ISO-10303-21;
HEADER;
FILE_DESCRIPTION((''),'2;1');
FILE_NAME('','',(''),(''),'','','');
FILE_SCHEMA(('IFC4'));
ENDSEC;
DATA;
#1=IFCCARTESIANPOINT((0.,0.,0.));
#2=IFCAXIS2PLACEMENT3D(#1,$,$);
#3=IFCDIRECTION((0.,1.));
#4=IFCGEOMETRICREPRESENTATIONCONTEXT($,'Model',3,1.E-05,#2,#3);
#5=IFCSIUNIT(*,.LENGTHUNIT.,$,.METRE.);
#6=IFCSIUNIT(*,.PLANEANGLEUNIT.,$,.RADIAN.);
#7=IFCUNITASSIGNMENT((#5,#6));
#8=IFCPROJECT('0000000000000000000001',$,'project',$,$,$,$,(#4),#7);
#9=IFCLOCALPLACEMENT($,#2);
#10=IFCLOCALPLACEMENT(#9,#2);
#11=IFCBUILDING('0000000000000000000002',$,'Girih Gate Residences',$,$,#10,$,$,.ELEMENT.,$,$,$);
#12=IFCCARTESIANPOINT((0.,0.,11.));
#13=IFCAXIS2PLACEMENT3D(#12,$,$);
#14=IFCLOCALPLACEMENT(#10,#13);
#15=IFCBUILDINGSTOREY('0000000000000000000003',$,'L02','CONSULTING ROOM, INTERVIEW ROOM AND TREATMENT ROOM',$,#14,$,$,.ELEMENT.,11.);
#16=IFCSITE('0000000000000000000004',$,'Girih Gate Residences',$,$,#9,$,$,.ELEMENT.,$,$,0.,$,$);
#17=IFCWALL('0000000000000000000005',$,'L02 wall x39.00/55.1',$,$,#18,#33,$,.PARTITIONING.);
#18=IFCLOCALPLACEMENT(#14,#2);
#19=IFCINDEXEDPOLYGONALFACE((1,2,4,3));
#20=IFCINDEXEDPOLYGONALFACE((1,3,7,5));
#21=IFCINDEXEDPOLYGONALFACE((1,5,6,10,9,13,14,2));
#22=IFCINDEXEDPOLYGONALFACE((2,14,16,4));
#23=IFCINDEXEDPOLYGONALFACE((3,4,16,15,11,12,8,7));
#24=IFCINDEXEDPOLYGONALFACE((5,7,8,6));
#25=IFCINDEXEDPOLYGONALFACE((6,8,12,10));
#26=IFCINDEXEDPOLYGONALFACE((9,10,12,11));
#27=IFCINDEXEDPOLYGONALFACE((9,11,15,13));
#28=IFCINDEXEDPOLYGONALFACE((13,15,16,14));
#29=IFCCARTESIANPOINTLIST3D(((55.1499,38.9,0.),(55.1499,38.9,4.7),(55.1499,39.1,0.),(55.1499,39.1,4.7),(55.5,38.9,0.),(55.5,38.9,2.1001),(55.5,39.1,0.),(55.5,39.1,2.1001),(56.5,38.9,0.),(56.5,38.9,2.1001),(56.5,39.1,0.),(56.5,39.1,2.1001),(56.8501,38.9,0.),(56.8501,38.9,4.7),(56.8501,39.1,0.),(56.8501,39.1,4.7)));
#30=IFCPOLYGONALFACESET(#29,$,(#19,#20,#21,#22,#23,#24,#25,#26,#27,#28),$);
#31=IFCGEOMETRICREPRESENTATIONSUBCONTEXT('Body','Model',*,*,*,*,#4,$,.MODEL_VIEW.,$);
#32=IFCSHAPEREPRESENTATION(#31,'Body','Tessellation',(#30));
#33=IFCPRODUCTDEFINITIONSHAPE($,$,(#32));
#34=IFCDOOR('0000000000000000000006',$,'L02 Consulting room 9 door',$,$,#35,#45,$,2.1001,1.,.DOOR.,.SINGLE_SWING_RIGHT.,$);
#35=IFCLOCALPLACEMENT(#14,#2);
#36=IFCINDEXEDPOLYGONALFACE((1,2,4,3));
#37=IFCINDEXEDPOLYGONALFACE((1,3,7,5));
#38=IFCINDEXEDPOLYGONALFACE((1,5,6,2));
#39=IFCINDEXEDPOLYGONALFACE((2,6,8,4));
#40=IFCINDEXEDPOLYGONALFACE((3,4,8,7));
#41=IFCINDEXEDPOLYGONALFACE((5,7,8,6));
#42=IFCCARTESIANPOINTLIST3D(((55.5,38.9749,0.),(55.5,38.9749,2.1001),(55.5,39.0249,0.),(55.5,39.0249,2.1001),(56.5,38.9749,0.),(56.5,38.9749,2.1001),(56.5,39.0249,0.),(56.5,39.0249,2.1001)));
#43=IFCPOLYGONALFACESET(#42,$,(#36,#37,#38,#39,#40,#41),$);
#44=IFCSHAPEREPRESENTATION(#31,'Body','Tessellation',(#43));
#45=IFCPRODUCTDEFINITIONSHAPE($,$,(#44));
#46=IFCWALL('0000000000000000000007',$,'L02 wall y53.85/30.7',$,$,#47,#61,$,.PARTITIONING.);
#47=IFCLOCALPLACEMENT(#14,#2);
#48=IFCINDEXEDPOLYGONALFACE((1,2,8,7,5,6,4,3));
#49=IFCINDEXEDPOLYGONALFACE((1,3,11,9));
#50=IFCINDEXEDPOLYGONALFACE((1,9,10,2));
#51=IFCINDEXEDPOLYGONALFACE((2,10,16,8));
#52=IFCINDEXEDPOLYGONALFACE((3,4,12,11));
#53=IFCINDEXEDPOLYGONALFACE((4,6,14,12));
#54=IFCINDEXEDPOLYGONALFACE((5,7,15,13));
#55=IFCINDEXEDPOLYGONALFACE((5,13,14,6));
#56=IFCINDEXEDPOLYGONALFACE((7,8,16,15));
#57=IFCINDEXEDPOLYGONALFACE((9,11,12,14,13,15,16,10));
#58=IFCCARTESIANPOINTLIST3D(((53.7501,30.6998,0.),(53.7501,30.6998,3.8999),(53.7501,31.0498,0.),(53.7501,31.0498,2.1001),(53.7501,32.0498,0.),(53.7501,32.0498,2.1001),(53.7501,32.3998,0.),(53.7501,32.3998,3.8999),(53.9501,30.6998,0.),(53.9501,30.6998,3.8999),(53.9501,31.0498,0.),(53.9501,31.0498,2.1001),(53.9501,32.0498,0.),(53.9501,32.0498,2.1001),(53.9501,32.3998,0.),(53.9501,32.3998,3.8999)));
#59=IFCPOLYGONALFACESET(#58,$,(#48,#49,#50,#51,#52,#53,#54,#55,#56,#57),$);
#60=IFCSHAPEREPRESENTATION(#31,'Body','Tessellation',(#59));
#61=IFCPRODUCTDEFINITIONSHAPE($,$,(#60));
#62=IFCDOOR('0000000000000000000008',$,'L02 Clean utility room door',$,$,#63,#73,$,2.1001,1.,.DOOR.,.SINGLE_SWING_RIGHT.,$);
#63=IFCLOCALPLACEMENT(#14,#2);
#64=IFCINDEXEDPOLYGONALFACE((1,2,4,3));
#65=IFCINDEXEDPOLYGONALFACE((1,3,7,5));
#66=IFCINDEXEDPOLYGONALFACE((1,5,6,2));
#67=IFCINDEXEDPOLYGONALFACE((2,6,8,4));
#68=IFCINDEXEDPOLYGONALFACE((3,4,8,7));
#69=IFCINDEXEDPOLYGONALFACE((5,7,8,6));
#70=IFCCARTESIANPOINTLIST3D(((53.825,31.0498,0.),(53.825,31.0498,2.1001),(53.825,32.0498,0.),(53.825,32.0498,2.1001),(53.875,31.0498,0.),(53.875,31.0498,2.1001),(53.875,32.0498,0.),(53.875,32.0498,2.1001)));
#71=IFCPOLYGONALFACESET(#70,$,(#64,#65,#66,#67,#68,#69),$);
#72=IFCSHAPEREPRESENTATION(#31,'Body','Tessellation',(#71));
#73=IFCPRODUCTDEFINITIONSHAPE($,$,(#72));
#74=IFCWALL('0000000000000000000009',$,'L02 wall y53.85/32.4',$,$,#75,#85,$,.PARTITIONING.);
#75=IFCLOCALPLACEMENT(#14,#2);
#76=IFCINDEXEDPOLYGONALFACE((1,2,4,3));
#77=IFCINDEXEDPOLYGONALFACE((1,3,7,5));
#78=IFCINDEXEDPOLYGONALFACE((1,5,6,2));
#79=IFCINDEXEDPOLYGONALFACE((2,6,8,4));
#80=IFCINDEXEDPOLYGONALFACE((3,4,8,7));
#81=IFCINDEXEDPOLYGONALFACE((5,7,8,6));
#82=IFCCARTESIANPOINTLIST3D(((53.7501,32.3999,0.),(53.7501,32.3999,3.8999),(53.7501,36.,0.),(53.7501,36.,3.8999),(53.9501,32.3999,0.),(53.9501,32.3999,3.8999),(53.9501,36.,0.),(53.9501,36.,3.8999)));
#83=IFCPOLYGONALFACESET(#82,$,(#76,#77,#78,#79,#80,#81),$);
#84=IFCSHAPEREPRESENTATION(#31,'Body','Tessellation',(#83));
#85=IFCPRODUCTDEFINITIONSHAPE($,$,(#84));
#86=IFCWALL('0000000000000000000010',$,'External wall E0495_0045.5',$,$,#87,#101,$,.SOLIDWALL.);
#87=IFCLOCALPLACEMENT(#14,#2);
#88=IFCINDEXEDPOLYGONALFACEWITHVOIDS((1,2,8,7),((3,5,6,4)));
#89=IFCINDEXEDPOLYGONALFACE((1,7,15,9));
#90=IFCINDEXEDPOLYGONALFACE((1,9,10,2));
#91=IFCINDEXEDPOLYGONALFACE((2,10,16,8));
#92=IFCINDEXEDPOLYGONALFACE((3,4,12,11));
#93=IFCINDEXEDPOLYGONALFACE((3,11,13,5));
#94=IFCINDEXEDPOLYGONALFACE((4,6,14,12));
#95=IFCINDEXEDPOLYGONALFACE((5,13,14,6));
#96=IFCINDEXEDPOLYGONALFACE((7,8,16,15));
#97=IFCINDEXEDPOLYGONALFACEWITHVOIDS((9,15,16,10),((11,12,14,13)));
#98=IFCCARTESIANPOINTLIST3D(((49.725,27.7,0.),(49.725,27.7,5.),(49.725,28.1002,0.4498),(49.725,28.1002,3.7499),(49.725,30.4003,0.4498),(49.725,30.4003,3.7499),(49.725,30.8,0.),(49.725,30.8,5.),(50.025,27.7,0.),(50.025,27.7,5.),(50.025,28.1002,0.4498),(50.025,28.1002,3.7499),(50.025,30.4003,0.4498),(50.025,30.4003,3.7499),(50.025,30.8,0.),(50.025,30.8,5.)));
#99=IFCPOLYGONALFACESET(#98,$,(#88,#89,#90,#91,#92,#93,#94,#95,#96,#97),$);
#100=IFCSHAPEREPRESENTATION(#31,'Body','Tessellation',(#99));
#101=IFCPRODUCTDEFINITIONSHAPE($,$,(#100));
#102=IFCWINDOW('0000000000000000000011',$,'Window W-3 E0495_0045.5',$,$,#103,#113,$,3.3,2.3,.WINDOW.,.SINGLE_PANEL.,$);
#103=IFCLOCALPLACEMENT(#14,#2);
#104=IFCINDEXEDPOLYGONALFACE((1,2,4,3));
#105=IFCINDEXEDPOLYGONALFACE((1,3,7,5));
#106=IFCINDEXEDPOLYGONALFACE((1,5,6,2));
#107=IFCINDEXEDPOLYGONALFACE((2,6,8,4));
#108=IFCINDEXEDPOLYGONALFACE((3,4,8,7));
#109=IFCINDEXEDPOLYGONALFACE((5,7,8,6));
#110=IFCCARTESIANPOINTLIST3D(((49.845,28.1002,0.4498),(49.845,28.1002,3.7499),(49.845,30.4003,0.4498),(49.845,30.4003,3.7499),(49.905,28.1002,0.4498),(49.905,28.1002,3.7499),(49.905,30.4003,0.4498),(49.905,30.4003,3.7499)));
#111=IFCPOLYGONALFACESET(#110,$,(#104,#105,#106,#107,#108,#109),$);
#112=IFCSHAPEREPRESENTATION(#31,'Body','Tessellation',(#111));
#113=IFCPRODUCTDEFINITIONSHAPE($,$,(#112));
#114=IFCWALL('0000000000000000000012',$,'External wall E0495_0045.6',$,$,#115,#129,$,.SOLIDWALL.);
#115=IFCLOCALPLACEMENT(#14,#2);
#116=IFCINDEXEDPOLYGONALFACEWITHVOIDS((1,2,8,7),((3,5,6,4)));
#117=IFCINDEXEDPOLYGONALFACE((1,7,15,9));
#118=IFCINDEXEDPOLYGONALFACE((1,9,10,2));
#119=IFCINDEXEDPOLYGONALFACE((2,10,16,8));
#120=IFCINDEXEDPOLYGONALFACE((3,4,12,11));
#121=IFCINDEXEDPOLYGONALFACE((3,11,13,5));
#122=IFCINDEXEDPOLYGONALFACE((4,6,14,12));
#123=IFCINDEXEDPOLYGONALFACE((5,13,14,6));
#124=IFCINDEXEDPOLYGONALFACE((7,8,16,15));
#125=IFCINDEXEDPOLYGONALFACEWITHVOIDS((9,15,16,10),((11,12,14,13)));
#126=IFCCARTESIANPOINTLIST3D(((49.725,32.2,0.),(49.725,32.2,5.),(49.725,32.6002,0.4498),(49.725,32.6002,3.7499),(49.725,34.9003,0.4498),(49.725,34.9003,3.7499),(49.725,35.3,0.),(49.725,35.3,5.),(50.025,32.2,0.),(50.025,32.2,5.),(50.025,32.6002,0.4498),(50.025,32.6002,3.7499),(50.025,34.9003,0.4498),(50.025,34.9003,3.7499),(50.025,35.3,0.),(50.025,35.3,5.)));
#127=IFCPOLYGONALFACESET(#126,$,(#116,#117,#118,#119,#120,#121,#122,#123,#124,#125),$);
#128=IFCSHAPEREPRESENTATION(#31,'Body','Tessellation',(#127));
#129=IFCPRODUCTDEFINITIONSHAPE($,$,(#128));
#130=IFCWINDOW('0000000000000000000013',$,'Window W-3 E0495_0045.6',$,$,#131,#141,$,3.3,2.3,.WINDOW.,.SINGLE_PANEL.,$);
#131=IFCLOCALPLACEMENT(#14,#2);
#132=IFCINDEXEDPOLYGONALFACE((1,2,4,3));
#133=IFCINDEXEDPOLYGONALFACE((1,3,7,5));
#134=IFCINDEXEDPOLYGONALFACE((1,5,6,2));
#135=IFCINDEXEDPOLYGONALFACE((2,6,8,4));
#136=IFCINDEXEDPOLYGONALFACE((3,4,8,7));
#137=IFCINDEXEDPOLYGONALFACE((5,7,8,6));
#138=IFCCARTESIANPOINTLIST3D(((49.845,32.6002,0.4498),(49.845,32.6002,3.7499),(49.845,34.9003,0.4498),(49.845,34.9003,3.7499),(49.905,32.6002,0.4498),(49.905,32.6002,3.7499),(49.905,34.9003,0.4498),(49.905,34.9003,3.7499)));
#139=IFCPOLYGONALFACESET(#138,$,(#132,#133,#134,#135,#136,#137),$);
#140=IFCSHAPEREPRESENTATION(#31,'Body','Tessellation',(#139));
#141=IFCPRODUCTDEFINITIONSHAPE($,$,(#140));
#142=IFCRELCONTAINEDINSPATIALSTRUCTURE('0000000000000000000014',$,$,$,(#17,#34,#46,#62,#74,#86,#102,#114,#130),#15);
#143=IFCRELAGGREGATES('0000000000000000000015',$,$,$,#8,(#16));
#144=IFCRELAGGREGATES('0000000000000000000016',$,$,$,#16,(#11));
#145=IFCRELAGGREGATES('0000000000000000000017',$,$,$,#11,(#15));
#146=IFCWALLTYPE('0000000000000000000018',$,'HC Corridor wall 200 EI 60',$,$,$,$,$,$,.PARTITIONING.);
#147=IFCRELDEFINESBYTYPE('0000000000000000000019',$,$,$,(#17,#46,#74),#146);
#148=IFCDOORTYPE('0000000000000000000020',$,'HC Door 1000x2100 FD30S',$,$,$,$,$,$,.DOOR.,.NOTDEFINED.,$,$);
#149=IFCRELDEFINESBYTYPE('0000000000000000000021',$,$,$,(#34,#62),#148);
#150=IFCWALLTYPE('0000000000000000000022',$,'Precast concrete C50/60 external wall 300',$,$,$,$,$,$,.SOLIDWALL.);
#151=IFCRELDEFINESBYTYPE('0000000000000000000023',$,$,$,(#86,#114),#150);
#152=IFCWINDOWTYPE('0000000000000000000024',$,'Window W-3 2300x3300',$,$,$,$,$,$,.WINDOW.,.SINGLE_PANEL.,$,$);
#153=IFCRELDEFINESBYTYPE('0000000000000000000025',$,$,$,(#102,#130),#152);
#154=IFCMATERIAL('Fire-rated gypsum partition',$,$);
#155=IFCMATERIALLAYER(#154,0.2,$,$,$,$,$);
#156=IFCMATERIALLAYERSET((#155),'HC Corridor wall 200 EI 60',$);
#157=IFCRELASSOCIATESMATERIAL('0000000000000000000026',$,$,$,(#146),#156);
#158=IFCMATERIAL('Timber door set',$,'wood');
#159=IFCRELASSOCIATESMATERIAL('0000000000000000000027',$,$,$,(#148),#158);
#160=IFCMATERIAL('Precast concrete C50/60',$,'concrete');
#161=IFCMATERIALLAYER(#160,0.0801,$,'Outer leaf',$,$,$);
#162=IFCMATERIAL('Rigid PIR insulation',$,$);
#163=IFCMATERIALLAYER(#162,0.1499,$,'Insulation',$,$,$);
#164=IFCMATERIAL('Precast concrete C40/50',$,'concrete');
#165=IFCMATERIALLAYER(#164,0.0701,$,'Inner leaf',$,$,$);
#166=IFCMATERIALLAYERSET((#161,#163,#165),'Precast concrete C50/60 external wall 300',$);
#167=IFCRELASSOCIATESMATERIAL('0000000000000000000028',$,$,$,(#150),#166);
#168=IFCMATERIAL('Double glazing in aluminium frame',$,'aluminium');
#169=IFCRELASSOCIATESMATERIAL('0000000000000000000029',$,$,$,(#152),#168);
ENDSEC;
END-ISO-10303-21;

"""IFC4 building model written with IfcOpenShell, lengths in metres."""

from ifc_helpers import new_model, si_unit, direction, frame, frame_2d, origin, place, context, subcontext, project, spatial, rectangle, extrude, material, layer, layer_set, type_object, element, fill, save


model = new_model("IFC4")

# Units and contexts
model_context = context("Model", 3, precision=1e-05, world=origin(), true_north=direction((0.0, 1.0)))
body_context = subcontext(model_context, "Body", "Model", "MODEL_VIEW")
ifc_project = project(units=[si_unit("LENGTHUNIT", "METRE"), si_unit("PLANEANGLEUNIT", "RADIAN")], contexts=[model_context])

# Site, building, storey
site_placement = place(None, origin())
site = spatial("IfcSite", under=ifc_project, at=site_placement, Name="Girih Gate Residences", CompositionType="ELEMENT", RefElevation=0.0)
building_placement = place(site_placement, origin())
building = spatial("IfcBuilding", under=site, at=building_placement, Name="Girih Gate Residences", CompositionType="ELEMENT")
storey_placement = place(building_placement, frame((0.0, 0.0, 11.0)))
storey = spatial("IfcBuildingStorey", under=building, at=storey_placement, Name="L02", Description="CONSULTING ROOM, INTERVIEW ROOM AND TREATMENT ROOM", CompositionType="ELEMENT", Elevation=11.0)

# Shared definitions
ifc_material_1 = material(Name="Fire-rated gypsum partition")
ifc_layer_1 = layer(ifc_material_1, 0.2)
ifc_layer_set_1 = layer_set([ifc_layer_1], Name="HC Corridor wall 200 EI 60")
wall_type_1 = type_object("IfcWallType", Name="HC Corridor wall 200 EI 60", PredefinedType="PARTITIONING", material=ifc_layer_set_1)

# Shared definitions
ifc_material_2 = material(Name="Timber door set", Category="wood")
door_type = type_object("IfcDoorType", Name="HC Door 1000x2100 FD30S", OperationType="NOTDEFINED", PredefinedType="DOOR", material=ifc_material_2)

# Walls, openings, doors
wall_1_placement = place(storey_placement, frame((55.1499, 39.0, 0.0), z_axis=(0.0, 0.0, 1.0), x_axis=(1.0, 0.0, 0.0)))
wall_1 = element("IfcWall", 1, at=wall_1_placement, inside=storey, type_object=wall_type_1, Name="L02 wall x39.00/55.1", PredefinedType="PARTITIONING", context=body_context, shape_type="SweptSolid", body=[
    extrude(rectangle(XDim=1.7002, YDim=0.2, at=frame_2d((0.8501, 0.0))), origin(), (0.0, 0.0, 1.0), 4.7),
])
opening_1_placement = place(wall_1_placement, frame((0.3501, 0.0, 0.0)))
opening_1 = element("IfcOpeningElement", 2, at=opening_1_placement, cuts=wall_1, PredefinedType="OPENING", context=body_context, shape_type="SweptSolid", body=[
    extrude(rectangle(XDim=1.0, YDim=2.1001, at=frame_2d((0.5, 1.05))), frame((0.0, 0.1099, 0.0), z_axis=(0.0, -1.0, 0.0), x_axis=(1.0, 0.0, 0.0)), (0.0, 0.0, 1.0), 0.22),
])
door_1_placement = place(opening_1_placement, origin())
door_1 = element("IfcDoor", 3, at=door_1_placement, inside=storey, type_object=door_type, Name="L02 Consulting room 9 door", OperationType="SINGLE_SWING_RIGHT", OverallHeight=2.1001, OverallWidth=1.0, PredefinedType="DOOR", context=body_context, shape_type="SweptSolid", body=[
    extrude(rectangle(XDim=1.0, YDim=2.1001, at=frame_2d((0.5, 1.05))), frame((0.0, 0.0249, 0.0), z_axis=(0.0, -1.0, 0.0), x_axis=(1.0, 0.0, 0.0)), (0.0, 0.0, 1.0), 0.05),
])
fill(opening_1, door_1)
wall_2_placement = place(storey_placement, frame((53.8501, 32.3999, 0.0), z_axis=(0.0, 0.0, 1.0), x_axis=(0.0, -1.0, 0.0)))
wall_2 = element("IfcWall", 4, at=wall_2_placement, inside=storey, type_object=wall_type_1, Name="L02 wall y53.85/30.7", PredefinedType="PARTITIONING", context=body_context, shape_type="SweptSolid", body=[
    extrude(rectangle(XDim=1.7, YDim=0.2, at=frame_2d((0.8501, 0.0))), origin(), (0.0, 0.0, 1.0), 3.8999),
])
opening_2_placement = place(wall_2_placement, frame((0.3501, 0.0, 0.0)))
opening_2 = element("IfcOpeningElement", 5, at=opening_2_placement, cuts=wall_2, PredefinedType="OPENING", context=body_context, shape_type="SweptSolid", body=[
    extrude(rectangle(XDim=1.0, YDim=2.1001, at=frame_2d((0.5, 1.05))), frame((0.0, 0.1099, 0.0), z_axis=(0.0, -1.0, 0.0), x_axis=(1.0, 0.0, 0.0)), (0.0, 0.0, 1.0), 0.22),
])
door_2_placement = place(opening_2_placement, origin())
door_2 = element("IfcDoor", 6, at=door_2_placement, inside=storey, type_object=door_type, Name="L02 Clean utility room door", OperationType="SINGLE_SWING_RIGHT", OverallHeight=2.1001, OverallWidth=1.0, PredefinedType="DOOR", context=body_context, shape_type="SweptSolid", body=[
    extrude(rectangle(XDim=1.0, YDim=2.1001, at=frame_2d((0.5, 1.05))), frame((0.0, 0.0249, 0.0), z_axis=(0.0, -1.0, 0.0), x_axis=(1.0, 0.0, 0.0)), (0.0, 0.0, 1.0), 0.05),
])
fill(opening_2, door_2)

# Wall
wall_3_placement = place(storey_placement, frame((53.8501, 32.3999, 0.0), z_axis=(0.0, 0.0, 1.0), x_axis=(0.0, 1.0, 0.0)))
element("IfcWall", 7, at=wall_3_placement, inside=storey, type_object=wall_type_1, Name="L02 wall y53.85/32.4", PredefinedType="PARTITIONING", context=body_context, shape_type="SweptSolid", body=[
    extrude(rectangle(XDim=3.6001, YDim=0.2, at=frame_2d((1.8, 0.0))), origin(), (0.0, 0.0, 1.0), 3.8999),
])

# Walls, openings, windows
ifc_material_3 = material(Name="Precast concrete C50/60", Category="concrete")
ifc_layer_2 = layer(ifc_material_3, 0.0801, Name="Outer leaf")
ifc_material_4 = material(Name="Rigid PIR insulation")
ifc_layer_3 = layer(ifc_material_4, 0.1499, Name="Insulation")
ifc_material_5 = material(Name="Precast concrete C40/50", Category="concrete")
ifc_layer_4 = layer(ifc_material_5, 0.0701, Name="Inner leaf")
ifc_layer_set_2 = layer_set([ifc_layer_2, ifc_layer_3, ifc_layer_4], Name="Precast concrete C50/60 external wall 300")
wall_type_2 = type_object("IfcWallType", Name="Precast concrete C50/60 external wall 300", PredefinedType="SOLIDWALL", material=ifc_layer_set_2)
wall_4_placement = place(storey_placement, frame((49.875, 30.8, 0.0), z_axis=(0.0, 0.0, 1.0), x_axis=(0.0, -1.0, 0.0)))
wall_4 = element("IfcWall", 8, at=wall_4_placement, inside=storey, type_object=wall_type_2, Name="External wall E0495_0045.5", PredefinedType="SOLIDWALL", context=body_context, shape_type="SweptSolid", body=[
    extrude(rectangle(XDim=3.1001, YDim=0.3, at=frame_2d((1.55, 0.0))), origin(), (0.0, 0.0, 1.0), 5.0),
])
opening_3_placement = place(wall_4_placement, frame((0.3999, 0.0, 0.45)))
opening_3 = element("IfcOpeningElement", 9, at=opening_3_placement, cuts=wall_4, PredefinedType="OPENING", context=body_context, shape_type="SweptSolid", body=[
    extrude(rectangle(XDim=2.3, YDim=3.3, at=frame_2d((1.1499, 1.6499))), frame((0.0, 0.1599, 0.0), z_axis=(0.0, -1.0, 0.0), x_axis=(1.0, 0.0, 0.0)), (0.0, 0.0, 1.0), 0.3201),
])
ifc_material_6 = material(Name="Double glazing in aluminium frame", Category="aluminium")
window_type = type_object("IfcWindowType", Name="Window W-3 2300x3300", PartitioningType="SINGLE_PANEL", PredefinedType="WINDOW", material=ifc_material_6)
window_1_placement = place(opening_3_placement, origin())
window_1 = element("IfcWindow", 10, at=window_1_placement, inside=storey, type_object=window_type, Name="Window W-3 E0495_0045.5", OverallHeight=3.3, OverallWidth=2.3, PartitioningType="SINGLE_PANEL", PredefinedType="WINDOW", context=body_context, shape_type="SweptSolid", body=[
    extrude(rectangle(XDim=2.3, YDim=3.3, at=frame_2d((1.1499, 1.6499))), frame((0.0, 0.03, 0.0), z_axis=(0.0, -1.0, 0.0), x_axis=(1.0, 0.0, 0.0)), (0.0, 0.0, 1.0), 0.0601),
])
fill(opening_3, window_1)
wall_5_placement = place(storey_placement, frame((49.875, 35.3, 0.0), z_axis=(0.0, 0.0, 1.0), x_axis=(0.0, -1.0, 0.0)))
wall_5 = element("IfcWall", 11, at=wall_5_placement, inside=storey, type_object=wall_type_2, Name="External wall E0495_0045.6", PredefinedType="SOLIDWALL", context=body_context, shape_type="SweptSolid", body=[
    extrude(rectangle(XDim=3.1001, YDim=0.3, at=frame_2d((1.55, 0.0))), origin(), (0.0, 0.0, 1.0), 5.0),
])
opening_4_placement = place(wall_5_placement, frame((0.3999, 0.0, 0.45)))
opening_4 = element("IfcOpeningElement", 12, at=opening_4_placement, cuts=wall_5, PredefinedType="OPENING", context=body_context, shape_type="SweptSolid", body=[
    extrude(rectangle(XDim=2.3, YDim=3.3, at=frame_2d((1.1499, 1.6499))), frame((0.0, 0.1599, 0.0), z_axis=(0.0, -1.0, 0.0), x_axis=(1.0, 0.0, 0.0)), (0.0, 0.0, 1.0), 0.3201),
])
window_2_placement = place(opening_4_placement, origin())
window_2 = element("IfcWindow", 13, at=window_2_placement, inside=storey, type_object=window_type, Name="Window W-3 E0495_0045.6", OverallHeight=3.3, OverallWidth=2.3, PartitioningType="SINGLE_PANEL", PredefinedType="WINDOW", context=body_context, shape_type="SweptSolid", body=[
    extrude(rectangle(XDim=2.3, YDim=3.3, at=frame_2d((1.1499, 1.6499))), frame((0.0, 0.03, 0.0), z_axis=(0.0, -1.0, 0.0), x_axis=(1.0, 0.0, 0.0)), (0.0, 0.0, 1.0), 0.0601),
])
fill(opening_4, window_2)

save(model, "model.ifc")
